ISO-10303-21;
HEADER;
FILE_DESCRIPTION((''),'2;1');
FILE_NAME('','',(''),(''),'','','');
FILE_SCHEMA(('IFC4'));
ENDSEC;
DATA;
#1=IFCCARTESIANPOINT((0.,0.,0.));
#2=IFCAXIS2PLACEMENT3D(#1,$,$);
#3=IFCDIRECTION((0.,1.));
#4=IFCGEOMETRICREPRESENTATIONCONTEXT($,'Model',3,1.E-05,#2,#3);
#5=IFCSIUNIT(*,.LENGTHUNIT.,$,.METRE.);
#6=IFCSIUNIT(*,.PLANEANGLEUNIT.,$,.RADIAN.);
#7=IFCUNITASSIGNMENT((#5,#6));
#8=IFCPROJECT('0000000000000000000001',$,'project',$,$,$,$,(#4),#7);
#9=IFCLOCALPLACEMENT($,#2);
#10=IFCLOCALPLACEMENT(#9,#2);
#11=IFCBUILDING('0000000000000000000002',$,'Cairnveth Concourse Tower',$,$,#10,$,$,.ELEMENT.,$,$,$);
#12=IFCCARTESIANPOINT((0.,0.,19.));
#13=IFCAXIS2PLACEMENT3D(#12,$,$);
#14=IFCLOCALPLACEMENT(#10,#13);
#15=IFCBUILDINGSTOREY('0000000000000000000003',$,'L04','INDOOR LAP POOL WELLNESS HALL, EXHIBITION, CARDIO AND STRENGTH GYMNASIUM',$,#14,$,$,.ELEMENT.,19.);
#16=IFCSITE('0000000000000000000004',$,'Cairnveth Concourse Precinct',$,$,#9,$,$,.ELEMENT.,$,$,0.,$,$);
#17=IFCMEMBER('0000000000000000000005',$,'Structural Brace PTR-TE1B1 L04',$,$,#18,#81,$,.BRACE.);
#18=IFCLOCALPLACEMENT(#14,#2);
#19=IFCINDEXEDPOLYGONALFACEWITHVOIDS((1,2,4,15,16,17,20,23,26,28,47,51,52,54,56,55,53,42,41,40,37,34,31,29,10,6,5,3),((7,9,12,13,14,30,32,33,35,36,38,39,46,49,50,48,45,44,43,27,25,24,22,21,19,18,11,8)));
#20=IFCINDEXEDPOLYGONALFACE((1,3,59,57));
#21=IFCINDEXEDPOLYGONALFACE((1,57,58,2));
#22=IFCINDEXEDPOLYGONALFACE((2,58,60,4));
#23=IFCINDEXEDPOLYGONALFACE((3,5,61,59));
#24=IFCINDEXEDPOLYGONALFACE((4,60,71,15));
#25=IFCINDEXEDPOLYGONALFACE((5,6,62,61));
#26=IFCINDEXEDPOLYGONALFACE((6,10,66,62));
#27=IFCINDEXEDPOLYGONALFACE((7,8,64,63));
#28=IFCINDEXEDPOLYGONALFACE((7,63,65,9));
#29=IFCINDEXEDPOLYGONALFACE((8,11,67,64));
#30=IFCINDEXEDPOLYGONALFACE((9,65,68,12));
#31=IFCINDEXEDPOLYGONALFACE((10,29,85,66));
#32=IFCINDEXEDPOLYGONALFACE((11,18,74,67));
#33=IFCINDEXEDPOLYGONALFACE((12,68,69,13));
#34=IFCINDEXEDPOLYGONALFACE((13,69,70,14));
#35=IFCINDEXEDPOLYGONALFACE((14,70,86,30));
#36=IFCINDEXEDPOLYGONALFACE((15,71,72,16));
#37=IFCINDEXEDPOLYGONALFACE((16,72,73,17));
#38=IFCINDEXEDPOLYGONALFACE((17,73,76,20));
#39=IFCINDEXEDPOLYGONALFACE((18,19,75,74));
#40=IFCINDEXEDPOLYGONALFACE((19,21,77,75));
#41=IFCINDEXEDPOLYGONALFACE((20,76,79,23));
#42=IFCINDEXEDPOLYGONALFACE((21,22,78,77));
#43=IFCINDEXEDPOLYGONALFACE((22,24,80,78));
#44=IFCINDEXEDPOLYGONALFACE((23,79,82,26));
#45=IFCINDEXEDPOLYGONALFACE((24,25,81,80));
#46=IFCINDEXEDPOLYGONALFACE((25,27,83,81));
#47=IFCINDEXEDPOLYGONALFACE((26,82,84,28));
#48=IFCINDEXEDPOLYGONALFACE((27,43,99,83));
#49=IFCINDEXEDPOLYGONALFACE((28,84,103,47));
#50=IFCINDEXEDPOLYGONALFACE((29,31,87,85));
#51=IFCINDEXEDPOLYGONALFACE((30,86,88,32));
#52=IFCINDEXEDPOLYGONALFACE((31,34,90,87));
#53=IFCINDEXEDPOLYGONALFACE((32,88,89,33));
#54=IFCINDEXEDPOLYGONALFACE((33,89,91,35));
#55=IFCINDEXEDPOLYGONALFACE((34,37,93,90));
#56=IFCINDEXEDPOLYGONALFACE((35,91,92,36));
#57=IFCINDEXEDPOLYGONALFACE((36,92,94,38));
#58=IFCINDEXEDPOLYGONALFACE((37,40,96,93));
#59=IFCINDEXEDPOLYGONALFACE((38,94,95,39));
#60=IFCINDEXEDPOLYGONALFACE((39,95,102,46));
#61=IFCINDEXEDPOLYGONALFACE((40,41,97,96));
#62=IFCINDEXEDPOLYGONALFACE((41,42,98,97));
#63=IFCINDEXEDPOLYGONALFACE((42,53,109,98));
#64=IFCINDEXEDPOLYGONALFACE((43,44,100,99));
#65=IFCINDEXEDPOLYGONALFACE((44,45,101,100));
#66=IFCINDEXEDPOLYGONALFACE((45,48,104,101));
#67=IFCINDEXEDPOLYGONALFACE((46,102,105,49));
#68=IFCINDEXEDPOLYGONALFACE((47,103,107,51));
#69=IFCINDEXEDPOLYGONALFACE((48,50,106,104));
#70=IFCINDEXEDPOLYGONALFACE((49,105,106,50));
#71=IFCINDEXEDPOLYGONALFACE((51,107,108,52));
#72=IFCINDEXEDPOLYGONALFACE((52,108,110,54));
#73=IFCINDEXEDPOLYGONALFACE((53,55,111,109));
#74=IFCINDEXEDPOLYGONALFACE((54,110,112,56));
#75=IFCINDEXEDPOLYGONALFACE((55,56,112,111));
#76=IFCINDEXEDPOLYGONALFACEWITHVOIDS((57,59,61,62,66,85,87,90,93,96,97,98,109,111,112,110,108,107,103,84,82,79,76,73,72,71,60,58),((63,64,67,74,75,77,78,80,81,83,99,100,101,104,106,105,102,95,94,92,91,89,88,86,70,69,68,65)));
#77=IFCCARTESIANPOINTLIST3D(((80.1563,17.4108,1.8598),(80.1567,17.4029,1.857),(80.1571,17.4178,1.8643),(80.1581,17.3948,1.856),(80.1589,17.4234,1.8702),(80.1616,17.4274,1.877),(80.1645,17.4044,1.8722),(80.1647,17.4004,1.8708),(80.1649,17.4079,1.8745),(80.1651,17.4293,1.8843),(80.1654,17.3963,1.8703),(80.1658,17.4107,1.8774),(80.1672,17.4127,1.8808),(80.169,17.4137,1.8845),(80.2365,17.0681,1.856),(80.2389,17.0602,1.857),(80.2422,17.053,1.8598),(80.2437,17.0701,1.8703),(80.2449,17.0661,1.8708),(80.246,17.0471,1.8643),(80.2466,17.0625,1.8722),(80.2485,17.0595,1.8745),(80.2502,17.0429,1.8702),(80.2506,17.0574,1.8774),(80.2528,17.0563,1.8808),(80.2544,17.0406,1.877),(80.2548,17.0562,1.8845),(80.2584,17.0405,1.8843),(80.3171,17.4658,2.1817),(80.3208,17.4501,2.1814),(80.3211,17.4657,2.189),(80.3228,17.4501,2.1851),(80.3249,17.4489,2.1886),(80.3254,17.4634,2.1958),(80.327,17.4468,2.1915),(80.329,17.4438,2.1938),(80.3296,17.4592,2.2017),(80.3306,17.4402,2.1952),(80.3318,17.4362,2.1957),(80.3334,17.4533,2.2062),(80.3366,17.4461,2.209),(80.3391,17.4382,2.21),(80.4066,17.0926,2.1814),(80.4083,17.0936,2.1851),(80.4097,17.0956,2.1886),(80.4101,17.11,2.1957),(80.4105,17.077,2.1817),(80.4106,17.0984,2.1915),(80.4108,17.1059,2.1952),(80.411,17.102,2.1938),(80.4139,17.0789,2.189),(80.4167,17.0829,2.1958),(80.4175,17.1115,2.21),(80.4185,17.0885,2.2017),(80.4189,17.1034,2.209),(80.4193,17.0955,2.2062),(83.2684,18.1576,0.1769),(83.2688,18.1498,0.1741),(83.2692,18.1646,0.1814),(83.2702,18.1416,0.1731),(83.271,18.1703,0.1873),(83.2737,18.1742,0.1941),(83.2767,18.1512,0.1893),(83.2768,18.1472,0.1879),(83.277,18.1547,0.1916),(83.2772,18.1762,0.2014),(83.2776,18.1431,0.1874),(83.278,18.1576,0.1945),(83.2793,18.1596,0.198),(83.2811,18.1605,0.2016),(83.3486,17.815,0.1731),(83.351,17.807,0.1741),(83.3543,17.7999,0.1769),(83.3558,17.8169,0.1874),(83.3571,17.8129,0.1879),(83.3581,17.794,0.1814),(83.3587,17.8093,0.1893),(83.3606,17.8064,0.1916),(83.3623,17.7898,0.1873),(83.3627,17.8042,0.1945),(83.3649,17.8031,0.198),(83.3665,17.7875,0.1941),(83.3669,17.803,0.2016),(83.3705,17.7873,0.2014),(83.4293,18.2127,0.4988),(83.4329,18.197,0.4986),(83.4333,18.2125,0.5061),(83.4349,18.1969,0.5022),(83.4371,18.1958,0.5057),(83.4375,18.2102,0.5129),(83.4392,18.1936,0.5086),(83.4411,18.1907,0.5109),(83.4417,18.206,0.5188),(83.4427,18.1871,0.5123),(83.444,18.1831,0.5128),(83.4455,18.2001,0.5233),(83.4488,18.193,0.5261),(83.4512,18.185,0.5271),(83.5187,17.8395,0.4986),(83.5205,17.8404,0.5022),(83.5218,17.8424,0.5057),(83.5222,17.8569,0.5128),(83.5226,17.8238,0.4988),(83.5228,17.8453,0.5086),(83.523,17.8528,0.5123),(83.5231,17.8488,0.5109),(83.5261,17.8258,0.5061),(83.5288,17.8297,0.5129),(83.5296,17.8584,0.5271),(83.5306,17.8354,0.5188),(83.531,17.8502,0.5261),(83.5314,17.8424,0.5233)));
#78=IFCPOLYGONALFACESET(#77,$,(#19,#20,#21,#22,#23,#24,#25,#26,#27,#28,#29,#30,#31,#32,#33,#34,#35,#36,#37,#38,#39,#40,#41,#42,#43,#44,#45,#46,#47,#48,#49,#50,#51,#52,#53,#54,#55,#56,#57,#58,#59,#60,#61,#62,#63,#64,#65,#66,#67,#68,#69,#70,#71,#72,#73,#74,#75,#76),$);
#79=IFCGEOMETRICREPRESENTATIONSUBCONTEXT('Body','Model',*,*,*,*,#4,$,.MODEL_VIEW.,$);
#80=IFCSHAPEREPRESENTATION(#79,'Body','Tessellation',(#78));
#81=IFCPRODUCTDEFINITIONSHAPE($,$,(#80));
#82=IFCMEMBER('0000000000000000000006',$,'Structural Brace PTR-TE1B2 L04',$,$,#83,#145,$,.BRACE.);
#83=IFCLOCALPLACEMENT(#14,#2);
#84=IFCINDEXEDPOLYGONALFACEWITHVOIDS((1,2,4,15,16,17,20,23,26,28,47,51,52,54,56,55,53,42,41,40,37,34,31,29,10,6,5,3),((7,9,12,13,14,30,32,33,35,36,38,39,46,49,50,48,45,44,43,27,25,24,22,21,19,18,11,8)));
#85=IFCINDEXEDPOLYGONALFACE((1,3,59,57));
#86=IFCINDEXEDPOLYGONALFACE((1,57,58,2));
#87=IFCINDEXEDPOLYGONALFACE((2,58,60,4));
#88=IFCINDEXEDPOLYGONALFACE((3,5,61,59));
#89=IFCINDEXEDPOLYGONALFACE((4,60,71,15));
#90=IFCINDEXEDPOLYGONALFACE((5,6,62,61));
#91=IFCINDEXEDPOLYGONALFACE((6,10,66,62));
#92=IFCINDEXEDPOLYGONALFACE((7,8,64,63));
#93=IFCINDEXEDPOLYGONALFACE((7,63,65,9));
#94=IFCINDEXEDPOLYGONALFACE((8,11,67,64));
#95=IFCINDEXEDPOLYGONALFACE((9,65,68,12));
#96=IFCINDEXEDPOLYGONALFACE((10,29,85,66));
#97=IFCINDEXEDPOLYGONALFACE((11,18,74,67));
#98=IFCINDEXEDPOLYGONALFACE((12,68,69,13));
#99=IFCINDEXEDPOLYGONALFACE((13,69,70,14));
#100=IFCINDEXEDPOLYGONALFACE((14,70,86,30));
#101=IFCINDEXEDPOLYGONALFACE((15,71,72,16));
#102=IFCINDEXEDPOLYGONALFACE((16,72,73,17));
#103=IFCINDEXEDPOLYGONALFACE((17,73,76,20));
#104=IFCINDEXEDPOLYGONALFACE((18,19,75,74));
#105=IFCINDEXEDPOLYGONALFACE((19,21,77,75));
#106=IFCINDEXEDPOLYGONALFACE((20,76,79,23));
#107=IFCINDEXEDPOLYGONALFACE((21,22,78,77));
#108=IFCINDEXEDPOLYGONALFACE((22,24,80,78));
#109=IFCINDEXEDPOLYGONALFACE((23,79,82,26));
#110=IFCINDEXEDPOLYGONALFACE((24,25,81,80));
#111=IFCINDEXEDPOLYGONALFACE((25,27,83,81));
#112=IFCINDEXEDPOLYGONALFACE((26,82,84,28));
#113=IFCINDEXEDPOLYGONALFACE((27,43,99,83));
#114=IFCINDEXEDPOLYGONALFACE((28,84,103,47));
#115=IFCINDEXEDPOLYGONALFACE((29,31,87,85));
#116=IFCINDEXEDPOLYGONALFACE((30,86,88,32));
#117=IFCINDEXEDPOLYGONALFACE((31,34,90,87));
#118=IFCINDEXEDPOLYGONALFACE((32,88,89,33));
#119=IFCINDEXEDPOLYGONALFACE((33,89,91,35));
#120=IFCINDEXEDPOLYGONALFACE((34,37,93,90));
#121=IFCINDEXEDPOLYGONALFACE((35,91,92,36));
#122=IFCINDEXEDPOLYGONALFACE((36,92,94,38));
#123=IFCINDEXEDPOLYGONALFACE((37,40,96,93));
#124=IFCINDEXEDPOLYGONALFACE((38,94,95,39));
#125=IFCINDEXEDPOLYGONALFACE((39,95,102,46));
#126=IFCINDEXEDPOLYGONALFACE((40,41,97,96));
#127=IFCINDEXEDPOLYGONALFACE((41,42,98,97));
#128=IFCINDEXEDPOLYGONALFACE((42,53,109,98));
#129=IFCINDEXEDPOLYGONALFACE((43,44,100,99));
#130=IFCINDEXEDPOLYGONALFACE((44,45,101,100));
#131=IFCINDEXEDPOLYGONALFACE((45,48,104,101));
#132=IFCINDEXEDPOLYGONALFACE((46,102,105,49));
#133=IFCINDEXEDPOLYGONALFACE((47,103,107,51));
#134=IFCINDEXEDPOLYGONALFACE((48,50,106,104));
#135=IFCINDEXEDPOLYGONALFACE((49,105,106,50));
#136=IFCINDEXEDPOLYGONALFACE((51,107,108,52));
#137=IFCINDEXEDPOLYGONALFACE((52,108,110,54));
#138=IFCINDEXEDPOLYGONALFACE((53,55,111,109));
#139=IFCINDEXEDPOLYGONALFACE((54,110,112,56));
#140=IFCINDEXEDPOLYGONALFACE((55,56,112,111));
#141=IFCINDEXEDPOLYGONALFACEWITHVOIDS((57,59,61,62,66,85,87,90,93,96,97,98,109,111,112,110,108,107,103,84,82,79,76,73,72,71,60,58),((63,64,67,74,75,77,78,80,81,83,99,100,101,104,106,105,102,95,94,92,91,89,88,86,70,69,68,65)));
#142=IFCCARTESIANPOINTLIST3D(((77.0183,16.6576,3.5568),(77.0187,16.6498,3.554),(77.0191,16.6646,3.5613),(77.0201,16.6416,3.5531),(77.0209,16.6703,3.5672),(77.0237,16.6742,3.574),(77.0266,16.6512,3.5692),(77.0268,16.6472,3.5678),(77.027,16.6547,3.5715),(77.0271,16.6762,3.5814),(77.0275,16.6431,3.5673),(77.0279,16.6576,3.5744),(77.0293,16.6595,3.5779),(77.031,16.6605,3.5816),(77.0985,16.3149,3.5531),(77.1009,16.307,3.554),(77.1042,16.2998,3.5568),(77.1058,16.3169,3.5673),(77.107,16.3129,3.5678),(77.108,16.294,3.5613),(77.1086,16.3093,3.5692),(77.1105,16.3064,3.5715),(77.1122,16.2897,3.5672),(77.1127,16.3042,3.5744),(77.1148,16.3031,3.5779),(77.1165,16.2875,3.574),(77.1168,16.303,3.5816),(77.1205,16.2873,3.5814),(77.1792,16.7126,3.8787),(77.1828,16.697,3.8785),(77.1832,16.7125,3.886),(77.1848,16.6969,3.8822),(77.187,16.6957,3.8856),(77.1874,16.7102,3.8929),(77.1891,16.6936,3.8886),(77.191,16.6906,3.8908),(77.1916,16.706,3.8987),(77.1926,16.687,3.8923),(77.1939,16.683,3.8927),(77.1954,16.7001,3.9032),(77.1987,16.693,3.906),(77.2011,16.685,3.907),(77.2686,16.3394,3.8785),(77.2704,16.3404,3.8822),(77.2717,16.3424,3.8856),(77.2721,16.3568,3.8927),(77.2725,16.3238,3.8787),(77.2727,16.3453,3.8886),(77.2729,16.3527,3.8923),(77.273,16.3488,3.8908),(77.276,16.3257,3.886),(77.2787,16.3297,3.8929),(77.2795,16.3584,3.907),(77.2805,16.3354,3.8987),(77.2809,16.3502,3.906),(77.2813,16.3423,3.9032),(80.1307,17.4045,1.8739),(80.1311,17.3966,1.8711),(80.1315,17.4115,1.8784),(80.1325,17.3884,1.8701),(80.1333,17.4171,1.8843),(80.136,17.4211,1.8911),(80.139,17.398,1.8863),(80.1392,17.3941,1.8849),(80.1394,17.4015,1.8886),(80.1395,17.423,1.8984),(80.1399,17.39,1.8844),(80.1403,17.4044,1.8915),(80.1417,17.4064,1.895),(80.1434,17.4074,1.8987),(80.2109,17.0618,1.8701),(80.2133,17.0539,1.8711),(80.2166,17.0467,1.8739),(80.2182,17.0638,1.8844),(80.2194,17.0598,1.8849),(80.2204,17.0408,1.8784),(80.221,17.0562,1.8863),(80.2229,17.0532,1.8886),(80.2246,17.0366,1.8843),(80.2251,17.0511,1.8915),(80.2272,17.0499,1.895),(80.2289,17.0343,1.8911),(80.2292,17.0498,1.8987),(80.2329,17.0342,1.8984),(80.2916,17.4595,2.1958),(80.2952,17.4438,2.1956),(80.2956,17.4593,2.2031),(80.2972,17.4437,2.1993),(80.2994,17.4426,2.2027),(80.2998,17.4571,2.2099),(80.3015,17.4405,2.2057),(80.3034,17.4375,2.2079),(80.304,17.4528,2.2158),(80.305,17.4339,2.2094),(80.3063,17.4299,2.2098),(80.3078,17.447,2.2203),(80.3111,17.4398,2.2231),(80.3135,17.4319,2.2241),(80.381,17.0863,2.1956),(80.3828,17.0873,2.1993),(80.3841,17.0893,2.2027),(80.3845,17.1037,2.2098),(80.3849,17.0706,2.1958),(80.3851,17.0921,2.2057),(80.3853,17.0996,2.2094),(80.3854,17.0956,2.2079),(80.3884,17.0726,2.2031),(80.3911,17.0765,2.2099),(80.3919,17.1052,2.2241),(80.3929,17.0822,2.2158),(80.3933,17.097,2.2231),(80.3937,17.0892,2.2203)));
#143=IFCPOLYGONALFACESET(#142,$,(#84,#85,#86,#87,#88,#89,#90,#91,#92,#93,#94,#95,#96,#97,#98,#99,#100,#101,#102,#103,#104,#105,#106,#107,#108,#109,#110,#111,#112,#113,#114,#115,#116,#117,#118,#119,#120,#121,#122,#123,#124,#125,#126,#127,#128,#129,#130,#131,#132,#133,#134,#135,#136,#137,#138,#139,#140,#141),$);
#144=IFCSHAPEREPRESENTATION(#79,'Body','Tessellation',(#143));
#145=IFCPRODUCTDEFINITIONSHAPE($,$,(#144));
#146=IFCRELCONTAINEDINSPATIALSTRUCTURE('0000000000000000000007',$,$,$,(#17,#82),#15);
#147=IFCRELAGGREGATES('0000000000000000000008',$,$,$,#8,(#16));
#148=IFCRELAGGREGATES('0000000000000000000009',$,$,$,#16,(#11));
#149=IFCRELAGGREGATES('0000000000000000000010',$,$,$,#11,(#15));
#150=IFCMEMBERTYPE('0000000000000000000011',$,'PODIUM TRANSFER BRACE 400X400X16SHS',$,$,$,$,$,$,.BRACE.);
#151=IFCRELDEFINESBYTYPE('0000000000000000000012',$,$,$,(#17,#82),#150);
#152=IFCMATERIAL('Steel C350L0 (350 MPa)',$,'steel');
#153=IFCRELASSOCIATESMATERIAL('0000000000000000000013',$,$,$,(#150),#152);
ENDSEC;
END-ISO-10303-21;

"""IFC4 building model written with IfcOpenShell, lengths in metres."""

from ifc_helpers import new_model, si_unit, direction, frame, origin, origin_2d, place, context, subcontext, project, spatial, hollow_rectangle, extrude, material, material_profile, profile_set, type_object, element, save


model = new_model("IFC4")

# Units and contexts
model_context = context("Model", 3, precision=1e-05, world=origin(), true_north=direction((0.0, 1.0)))
body_context = subcontext(model_context, "Body", "Model", "MODEL_VIEW")
ifc_project = project(units=[si_unit("LENGTHUNIT", "METRE"), si_unit("PLANEANGLEUNIT", "RADIAN")], contexts=[model_context])

# Site, building, storey
site_placement = place(None, origin())
site = spatial("IfcSite", under=ifc_project, at=site_placement, Name="Cairnveth Concourse Precinct", CompositionType="ELEMENT", RefElevation=0.0)
building_placement = place(site_placement, origin())
building = spatial("IfcBuilding", under=site, at=building_placement, Name="Cairnveth Concourse Tower", CompositionType="ELEMENT")
storey_placement = place(building_placement, frame((0.0, 0.0, 19.0)))
storey = spatial("IfcBuildingStorey", under=building, at=storey_placement, Name="L04", Description="INDOOR LAP POOL WELLNESS HALL, EXHIBITION, CARDIO AND STRENGTH GYMNASIUM", CompositionType="ELEMENT", Elevation=19.0)

# Members
ifc_material_1 = material(Name="Steel C350L0 (350 MPa)", Category="steel")
ifc_material_profile_1 = material_profile(ifc_material_1, hollow_rectangle(XDim=0.3999, YDim=0.3999, WallThickness=0.0161, InnerFilletRadius=0.0161, OuterFilletRadius=0.032, at=origin_2d()), Name="400x400x16.0SHS")
ifc_profile_set_1 = profile_set([ifc_material_profile_1], Name="Steel C350L0 (350 MPa)")
member_type = type_object("IfcMemberType", Name="PODIUM TRANSFER BRACE 400X400X16SHS", PredefinedType="BRACE", material=ifc_profile_set_1)
member_1_placement = place(storey_placement, frame((83.3999, 18.0, 0.3501), z_axis=(-0.860661, -0.20654, 0.465407), x_axis=(0.233353, -0.972392, 0.0)))
element("IfcMember", 1, at=member_1_placement, inside=storey, type_object=member_type, Name="Structural Brace PTR-TE1B1 L04", PredefinedType="BRACE", context=body_context, shape_type="SweptSolid", body=[
    extrude(hollow_rectangle(XDim=0.3999, YDim=0.3999, WallThickness=0.0161, InnerFilletRadius=0.0161, OuterFilletRadius=0.032, at=origin_2d()), origin(), (0.0, 0.0, 1.0), 3.616),
])
member_2_placement = place(storey_placement, frame((80.2622, 17.2468, 2.0471), z_axis=(-0.860679, -0.206528, 0.46538), x_axis=(0.233335, -0.972396, 0.0)))
element("IfcMember", 2, at=member_2_placement, inside=storey, type_object=member_type, Name="Structural Brace PTR-TE1B2 L04", PredefinedType="BRACE", context=body_context, shape_type="SweptSolid", body=[
    extrude(hollow_rectangle(XDim=0.3999, YDim=0.3999, WallThickness=0.0161, InnerFilletRadius=0.0161, OuterFilletRadius=0.032, at=origin_2d()), origin(), (0.0, 0.0, 1.0), 3.6162),
])

save(model, "model.ifc")
